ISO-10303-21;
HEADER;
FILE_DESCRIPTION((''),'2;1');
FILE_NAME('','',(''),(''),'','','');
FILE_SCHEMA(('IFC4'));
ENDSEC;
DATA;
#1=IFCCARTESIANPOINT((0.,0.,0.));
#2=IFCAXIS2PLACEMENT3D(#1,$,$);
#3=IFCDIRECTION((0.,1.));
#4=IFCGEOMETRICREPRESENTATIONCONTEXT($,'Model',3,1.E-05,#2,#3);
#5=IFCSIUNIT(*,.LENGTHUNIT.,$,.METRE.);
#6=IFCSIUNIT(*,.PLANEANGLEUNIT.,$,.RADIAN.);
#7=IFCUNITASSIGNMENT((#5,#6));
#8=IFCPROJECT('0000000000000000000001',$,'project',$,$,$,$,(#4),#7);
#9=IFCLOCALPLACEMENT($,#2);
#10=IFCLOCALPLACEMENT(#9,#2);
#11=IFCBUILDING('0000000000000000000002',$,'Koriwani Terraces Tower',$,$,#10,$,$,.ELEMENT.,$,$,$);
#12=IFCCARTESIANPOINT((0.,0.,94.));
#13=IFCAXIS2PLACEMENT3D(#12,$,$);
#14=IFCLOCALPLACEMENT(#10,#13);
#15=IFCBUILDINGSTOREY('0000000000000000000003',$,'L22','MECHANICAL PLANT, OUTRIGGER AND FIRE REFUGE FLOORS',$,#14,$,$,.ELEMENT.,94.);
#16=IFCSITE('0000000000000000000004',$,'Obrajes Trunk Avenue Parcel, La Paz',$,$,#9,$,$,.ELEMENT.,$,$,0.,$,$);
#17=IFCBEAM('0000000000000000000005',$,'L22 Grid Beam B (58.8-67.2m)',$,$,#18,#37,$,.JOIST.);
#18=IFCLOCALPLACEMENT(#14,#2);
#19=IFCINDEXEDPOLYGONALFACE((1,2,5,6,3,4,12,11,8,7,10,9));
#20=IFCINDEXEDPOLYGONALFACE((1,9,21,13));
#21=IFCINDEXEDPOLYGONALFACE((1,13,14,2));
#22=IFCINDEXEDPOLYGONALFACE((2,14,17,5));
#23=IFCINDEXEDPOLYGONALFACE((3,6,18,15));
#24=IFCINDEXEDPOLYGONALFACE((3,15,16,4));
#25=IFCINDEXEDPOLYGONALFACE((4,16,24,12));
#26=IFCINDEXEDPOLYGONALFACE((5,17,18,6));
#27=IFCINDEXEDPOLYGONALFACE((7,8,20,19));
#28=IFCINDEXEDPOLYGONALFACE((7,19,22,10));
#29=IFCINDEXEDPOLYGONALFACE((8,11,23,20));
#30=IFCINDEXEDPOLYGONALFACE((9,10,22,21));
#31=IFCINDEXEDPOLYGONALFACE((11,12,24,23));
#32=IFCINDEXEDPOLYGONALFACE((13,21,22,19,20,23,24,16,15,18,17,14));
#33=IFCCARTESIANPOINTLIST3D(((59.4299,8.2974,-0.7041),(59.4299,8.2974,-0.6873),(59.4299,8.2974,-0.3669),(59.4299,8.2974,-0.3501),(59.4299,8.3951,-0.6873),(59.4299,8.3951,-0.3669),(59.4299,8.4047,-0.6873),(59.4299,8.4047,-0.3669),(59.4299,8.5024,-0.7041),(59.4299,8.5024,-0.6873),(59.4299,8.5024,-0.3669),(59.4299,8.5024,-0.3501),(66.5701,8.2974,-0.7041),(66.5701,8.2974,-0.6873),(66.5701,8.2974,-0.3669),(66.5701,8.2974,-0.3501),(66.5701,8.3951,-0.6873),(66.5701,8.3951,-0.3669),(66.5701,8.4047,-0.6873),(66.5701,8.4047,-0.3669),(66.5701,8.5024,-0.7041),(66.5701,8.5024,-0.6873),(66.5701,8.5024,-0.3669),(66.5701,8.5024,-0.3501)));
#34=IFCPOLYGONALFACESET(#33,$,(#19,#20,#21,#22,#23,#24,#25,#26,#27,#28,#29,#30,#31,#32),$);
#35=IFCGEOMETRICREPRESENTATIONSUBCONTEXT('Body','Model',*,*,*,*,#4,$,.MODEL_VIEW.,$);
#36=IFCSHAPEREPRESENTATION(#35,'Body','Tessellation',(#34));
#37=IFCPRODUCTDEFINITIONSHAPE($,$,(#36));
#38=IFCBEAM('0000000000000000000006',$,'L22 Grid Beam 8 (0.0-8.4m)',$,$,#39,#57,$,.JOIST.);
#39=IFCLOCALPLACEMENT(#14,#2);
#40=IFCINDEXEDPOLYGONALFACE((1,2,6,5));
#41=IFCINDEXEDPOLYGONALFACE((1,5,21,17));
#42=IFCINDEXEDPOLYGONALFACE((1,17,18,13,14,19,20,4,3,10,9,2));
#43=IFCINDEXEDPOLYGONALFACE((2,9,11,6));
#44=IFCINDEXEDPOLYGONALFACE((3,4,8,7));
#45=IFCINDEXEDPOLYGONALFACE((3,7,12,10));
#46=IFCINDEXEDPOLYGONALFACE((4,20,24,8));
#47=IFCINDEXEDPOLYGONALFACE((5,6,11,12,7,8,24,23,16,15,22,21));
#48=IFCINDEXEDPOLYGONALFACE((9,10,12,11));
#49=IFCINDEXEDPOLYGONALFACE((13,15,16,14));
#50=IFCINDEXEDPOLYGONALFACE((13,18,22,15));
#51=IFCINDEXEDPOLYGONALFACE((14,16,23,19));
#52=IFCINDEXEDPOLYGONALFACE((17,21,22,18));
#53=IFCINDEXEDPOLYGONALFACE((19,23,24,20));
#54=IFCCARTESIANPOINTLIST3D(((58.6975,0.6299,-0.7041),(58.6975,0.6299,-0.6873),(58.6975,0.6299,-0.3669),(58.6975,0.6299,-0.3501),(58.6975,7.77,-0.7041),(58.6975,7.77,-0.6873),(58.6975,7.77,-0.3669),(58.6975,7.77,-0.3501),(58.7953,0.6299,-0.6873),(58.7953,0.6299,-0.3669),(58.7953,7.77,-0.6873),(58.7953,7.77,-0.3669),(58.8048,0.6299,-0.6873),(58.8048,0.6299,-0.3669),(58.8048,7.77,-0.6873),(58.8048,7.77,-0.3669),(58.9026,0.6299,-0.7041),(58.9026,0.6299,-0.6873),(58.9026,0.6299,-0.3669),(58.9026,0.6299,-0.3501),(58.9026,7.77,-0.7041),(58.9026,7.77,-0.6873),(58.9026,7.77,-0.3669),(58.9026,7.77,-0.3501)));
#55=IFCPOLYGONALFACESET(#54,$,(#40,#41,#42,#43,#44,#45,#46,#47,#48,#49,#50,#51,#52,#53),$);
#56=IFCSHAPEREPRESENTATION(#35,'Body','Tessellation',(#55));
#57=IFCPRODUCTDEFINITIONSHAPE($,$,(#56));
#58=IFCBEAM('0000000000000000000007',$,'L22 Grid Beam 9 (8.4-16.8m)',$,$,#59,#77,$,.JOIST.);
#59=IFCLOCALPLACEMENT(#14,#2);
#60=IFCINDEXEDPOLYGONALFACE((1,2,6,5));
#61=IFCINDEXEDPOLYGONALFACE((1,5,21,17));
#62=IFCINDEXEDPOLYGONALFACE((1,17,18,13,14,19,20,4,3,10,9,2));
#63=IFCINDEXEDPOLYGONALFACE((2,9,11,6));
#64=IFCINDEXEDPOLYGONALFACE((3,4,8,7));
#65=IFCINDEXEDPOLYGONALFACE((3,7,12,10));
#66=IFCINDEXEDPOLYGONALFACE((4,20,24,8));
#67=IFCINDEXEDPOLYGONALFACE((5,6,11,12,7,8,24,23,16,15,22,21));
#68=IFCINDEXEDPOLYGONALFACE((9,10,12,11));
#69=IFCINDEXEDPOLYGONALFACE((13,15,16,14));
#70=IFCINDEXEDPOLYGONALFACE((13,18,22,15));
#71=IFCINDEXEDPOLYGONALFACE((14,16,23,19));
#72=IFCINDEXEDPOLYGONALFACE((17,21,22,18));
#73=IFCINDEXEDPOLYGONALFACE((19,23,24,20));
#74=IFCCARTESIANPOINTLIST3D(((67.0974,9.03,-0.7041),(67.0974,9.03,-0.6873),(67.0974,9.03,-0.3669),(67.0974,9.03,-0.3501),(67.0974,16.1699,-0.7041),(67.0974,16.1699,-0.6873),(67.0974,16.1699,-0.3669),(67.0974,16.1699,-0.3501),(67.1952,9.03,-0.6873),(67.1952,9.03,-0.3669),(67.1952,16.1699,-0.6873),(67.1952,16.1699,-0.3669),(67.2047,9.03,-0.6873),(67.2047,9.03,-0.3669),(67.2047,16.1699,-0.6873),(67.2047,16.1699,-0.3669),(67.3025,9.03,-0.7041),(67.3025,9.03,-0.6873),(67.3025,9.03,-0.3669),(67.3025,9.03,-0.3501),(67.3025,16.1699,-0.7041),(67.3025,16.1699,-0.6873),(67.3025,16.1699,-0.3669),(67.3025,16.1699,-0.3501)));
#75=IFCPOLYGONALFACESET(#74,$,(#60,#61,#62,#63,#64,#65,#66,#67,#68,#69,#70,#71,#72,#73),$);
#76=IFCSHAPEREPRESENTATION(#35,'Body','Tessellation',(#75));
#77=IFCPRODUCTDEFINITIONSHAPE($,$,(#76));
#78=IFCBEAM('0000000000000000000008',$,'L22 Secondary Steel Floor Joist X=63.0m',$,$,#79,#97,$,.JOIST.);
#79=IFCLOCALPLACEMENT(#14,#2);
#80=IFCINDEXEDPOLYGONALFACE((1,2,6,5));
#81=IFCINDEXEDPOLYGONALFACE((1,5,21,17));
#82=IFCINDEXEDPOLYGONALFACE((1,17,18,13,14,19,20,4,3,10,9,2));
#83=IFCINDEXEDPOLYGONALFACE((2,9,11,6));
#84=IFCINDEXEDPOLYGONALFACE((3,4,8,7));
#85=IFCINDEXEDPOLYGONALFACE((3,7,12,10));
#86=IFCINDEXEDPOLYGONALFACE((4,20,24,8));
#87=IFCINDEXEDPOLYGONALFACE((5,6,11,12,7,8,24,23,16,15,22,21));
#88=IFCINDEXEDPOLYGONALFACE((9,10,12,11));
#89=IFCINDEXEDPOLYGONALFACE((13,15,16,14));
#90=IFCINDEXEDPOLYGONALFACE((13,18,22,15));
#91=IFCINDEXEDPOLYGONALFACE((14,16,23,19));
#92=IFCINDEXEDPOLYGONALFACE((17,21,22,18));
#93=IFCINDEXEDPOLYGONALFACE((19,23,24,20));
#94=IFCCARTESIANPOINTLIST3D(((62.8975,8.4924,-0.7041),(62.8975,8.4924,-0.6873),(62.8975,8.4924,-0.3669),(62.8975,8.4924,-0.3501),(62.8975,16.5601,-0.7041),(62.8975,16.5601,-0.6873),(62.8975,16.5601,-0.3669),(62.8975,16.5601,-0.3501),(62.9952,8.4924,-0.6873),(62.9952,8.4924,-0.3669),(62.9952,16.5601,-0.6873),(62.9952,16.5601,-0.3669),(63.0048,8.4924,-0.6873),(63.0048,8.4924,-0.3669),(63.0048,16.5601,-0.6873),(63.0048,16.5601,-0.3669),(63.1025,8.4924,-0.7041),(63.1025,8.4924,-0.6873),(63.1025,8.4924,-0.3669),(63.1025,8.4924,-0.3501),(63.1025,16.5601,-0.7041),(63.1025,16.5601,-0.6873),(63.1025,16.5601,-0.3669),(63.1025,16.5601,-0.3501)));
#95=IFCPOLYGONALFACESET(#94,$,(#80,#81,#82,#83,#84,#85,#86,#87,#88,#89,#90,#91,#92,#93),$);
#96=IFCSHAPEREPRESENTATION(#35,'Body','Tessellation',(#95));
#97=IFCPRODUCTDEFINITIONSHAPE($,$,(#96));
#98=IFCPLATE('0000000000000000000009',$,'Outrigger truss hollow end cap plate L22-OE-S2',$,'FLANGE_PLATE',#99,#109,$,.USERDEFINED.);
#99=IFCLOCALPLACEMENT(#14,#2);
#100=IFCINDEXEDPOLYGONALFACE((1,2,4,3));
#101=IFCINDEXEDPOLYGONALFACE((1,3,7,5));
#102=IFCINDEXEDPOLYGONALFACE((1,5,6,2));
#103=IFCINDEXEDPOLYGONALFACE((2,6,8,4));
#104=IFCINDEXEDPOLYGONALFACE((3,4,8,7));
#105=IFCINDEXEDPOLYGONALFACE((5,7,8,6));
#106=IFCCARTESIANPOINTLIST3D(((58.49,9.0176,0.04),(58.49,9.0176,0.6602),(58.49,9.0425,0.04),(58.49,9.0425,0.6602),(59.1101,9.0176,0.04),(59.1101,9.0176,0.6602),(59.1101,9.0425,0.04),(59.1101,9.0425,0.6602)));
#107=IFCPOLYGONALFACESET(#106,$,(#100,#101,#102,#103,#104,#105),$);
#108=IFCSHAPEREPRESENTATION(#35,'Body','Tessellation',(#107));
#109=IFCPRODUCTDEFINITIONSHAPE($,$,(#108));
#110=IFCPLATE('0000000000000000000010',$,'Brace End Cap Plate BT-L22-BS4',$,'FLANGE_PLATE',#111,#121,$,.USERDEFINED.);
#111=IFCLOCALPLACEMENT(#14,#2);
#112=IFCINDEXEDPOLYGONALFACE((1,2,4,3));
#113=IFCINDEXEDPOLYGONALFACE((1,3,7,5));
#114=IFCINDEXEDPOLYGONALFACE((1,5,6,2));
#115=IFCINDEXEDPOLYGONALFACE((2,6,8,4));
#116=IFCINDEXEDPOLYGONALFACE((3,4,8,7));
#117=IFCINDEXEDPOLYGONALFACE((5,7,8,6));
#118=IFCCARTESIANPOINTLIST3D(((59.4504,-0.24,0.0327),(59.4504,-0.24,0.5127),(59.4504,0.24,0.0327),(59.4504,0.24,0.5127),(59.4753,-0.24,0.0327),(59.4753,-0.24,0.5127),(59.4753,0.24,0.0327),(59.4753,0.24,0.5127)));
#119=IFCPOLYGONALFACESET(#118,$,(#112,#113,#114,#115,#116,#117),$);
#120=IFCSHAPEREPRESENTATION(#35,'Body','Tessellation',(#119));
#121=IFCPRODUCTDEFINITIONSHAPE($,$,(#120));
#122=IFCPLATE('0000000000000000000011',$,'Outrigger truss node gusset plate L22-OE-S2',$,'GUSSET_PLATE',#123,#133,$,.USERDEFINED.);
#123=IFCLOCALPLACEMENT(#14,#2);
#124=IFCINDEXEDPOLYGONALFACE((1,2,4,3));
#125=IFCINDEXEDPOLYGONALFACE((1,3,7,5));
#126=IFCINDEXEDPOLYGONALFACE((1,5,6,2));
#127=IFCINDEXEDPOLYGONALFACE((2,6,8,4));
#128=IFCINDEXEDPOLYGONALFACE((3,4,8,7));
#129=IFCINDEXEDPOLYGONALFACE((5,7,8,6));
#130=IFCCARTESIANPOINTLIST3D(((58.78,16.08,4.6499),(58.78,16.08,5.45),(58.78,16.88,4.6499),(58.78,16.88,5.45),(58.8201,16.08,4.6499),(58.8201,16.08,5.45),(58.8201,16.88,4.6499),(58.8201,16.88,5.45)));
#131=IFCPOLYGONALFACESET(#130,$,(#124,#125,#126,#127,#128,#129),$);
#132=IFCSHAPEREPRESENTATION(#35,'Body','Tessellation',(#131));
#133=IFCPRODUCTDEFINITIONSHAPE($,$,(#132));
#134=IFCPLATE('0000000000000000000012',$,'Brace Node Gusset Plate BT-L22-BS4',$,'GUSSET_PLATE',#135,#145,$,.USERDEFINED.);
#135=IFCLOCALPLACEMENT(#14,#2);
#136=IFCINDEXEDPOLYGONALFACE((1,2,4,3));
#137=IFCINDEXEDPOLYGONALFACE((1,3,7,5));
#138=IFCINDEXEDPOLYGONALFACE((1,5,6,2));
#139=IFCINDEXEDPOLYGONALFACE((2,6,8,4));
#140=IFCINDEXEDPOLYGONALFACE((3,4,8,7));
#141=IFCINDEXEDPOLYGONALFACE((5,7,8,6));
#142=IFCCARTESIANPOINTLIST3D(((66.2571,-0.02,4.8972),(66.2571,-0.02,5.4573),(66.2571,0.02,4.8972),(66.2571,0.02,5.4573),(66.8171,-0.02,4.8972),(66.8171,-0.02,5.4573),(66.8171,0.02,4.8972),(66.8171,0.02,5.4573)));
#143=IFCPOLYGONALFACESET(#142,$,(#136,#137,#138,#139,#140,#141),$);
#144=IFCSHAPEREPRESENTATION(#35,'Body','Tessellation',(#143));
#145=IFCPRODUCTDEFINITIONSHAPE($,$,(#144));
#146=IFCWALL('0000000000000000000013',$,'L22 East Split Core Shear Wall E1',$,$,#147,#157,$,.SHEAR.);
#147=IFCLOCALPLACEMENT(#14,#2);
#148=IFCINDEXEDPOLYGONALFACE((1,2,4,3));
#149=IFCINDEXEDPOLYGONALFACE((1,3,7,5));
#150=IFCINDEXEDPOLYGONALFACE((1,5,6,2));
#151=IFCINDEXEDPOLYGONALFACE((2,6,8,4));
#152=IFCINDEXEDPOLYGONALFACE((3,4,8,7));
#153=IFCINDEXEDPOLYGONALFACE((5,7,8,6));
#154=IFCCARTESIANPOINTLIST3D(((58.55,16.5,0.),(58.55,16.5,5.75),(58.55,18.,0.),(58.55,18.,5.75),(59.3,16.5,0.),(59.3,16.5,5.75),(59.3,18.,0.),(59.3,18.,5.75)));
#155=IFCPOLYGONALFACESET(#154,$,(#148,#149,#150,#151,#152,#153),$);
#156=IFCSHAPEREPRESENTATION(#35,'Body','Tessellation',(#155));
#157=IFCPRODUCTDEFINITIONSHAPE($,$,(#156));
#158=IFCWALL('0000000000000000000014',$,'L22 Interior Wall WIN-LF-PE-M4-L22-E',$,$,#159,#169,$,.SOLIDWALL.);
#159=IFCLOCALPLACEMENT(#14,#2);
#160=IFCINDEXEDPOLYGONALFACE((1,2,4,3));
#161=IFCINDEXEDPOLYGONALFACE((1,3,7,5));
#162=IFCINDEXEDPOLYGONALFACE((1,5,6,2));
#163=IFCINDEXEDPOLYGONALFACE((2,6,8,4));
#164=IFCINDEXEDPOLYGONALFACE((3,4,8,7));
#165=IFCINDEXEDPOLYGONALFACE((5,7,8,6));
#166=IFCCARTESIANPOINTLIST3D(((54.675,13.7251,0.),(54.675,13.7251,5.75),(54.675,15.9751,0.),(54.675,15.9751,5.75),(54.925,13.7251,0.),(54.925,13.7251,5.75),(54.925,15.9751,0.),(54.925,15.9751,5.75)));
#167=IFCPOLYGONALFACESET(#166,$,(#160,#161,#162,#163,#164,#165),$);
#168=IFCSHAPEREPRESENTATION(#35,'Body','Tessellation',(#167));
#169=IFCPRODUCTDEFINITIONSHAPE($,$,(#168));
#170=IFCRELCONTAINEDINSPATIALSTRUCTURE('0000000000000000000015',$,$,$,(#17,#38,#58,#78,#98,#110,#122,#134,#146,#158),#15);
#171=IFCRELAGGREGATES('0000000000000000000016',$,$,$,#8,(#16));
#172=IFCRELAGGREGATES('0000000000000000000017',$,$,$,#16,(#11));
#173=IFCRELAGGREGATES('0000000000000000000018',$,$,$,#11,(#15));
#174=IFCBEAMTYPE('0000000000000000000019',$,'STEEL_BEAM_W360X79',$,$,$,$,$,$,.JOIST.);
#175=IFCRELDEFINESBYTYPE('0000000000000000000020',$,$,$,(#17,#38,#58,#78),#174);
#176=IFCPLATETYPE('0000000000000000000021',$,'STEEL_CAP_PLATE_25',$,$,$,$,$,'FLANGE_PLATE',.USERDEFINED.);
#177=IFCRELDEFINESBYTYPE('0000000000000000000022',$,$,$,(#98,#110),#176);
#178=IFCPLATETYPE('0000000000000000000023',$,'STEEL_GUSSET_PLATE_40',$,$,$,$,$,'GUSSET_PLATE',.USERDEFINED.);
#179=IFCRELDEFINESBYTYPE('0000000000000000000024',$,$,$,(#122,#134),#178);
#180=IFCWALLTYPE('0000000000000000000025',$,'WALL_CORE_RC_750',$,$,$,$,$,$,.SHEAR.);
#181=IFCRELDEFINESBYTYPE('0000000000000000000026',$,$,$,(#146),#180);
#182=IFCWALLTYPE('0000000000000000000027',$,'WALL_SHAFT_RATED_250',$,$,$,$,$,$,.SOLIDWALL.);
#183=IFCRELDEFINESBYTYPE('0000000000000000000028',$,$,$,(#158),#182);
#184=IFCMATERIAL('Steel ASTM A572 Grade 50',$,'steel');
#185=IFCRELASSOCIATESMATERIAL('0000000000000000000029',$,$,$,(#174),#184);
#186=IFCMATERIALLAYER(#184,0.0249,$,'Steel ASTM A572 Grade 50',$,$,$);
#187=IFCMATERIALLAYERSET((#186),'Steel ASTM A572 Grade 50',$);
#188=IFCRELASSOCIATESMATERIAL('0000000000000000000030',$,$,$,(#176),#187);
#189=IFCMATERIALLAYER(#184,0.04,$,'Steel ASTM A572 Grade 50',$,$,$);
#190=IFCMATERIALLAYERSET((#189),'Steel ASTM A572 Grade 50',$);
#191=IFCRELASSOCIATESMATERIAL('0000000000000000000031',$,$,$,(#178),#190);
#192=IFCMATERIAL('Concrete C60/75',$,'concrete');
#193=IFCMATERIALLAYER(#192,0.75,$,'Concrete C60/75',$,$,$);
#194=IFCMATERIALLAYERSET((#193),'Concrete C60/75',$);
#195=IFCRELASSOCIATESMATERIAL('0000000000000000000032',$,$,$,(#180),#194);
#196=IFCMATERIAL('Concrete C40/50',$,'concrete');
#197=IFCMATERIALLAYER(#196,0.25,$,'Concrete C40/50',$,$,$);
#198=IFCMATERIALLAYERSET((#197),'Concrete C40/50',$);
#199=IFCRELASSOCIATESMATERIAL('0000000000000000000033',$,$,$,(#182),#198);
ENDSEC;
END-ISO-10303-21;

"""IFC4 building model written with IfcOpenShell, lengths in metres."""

from ifc_helpers import new_model, si_unit, direction, frame, frame_2d, origin, origin_2d, place, context, subcontext, project, spatial, rectangle, i_section, extrude, material, layer, layer_set, material_profile, profile_set, type_object, element, save


model = new_model("IFC4")

# Units and contexts
model_context = context("Model", 3, precision=1e-05, world=origin(), true_north=direction((0.0, 1.0)))
body_context = subcontext(model_context, "Body", "Model", "MODEL_VIEW")
ifc_project = project(units=[si_unit("LENGTHUNIT", "METRE"), si_unit("PLANEANGLEUNIT", "RADIAN")], contexts=[model_context])

# Site, building, storey
site_placement = place(None, origin())
site = spatial("IfcSite", under=ifc_project, at=site_placement, Name="Obrajes Trunk Avenue Parcel, La Paz", CompositionType="ELEMENT", RefElevation=0.0)
building_placement = place(site_placement, origin())
building = spatial("IfcBuilding", under=site, at=building_placement, Name="Koriwani Terraces Tower", CompositionType="ELEMENT")
storey_placement = place(building_placement, frame((0.0, 0.0, 94.0)))
storey = spatial("IfcBuildingStorey", under=building, at=storey_placement, Name="L22", Description="MECHANICAL PLANT, OUTRIGGER AND FIRE REFUGE FLOORS", CompositionType="ELEMENT", Elevation=94.0)

# Shared definitions
ifc_material_1 = material(Name="Concrete C60/75", Category="concrete")

# Shared definitions
ifc_material_2 = material(Name="Steel ASTM A572 Grade 50", Category="steel")

# Beams
ifc_material_profile_1 = material_profile(ifc_material_2, i_section(OverallWidth=0.2051, OverallDepth=0.354, WebThickness=0.0095, FlangeThickness=0.0168, at=origin_2d()), Name="Steel ASTM A572 Grade 50", Category="LoadBearing")
ifc_profile_set_1 = profile_set([ifc_material_profile_1], Name="Steel ASTM A572 Grade 50")
beam_type_1 = type_object("IfcBeamType", Name="STEEL_BEAM_W360X79", PredefinedType="JOIST", material=ifc_profile_set_1)
for number, where, z_axis, x_axis, name in (
    (1, (59.4299, 8.3999, -0.5271), (1.0, 0.0, 0.0), (0.0, 1.0, 0.0), "L22 Grid Beam B (58.8-67.2m)"),
    (2, (58.8, 0.6299, -0.5271), (0.0, 1.0, 0.0), (-1.0, 0.0, 0.0), "L22 Grid Beam 8 (0.0-8.4m)"),
):
    element("IfcBeam", number, at=place(storey_placement, frame(where, z_axis=z_axis, x_axis=x_axis)), inside=storey, type_object=beam_type_1, Name=name, PredefinedType="JOIST", context=body_context, shape_type="SweptSolid", body=[
        extrude(i_section(OverallWidth=0.2051, OverallDepth=0.354, WebThickness=0.0095, FlangeThickness=0.0168, at=origin_2d()), origin(), (0.0, 0.0, 1.0), 7.1401),
    ])
beam_1_placement = place(storey_placement, frame((67.2, 9.03, -0.5271), z_axis=(0.0, 1.0, 0.0), x_axis=(-1.0, 0.0, 0.0)))
element("IfcBeam", 3, at=beam_1_placement, inside=storey, type_object=beam_type_1, Name="L22 Grid Beam 9 (8.4-16.8m)", PredefinedType="JOIST", context=body_context, shape_type="SweptSolid", body=[
    extrude(i_section(OverallWidth=0.2051, OverallDepth=0.354, WebThickness=0.0095, FlangeThickness=0.0168, at=origin_2d()), origin(), (0.0, 0.0, 1.0), 7.1399),
])
beam_2_placement = place(storey_placement, frame((63.0, 8.4924, -0.5271), z_axis=(0.0, 1.0, 0.0), x_axis=(-1.0, 0.0, 0.0)))
element("IfcBeam", 4, at=beam_2_placement, inside=storey, type_object=beam_type_1, Name="L22 Secondary Steel Floor Joist X=63.0m", PredefinedType="JOIST", context=body_context, shape_type="SweptSolid", body=[
    extrude(i_section(OverallWidth=0.2051, OverallDepth=0.354, WebThickness=0.0095, FlangeThickness=0.0168, at=origin_2d()), origin(), (0.0, 0.0, 1.0), 8.0676),
])

# Plates
ifc_layer_1 = layer(ifc_material_2, 0.0249, Name="Steel ASTM A572 Grade 50")
ifc_layer_set_1 = layer_set([ifc_layer_1], Name="Steel ASTM A572 Grade 50")
plate_type_1 = type_object("IfcPlateType", Name="STEEL_CAP_PLATE_25", ElementType="FLANGE_PLATE", PredefinedType="USERDEFINED", material=ifc_layer_set_1)
plate_1_placement = place(storey_placement, frame((58.8, 9.03, 0.04), z_axis=(0.0, 0.0, 1.0), x_axis=(0.0, 1.0, 0.0)))
element("IfcPlate", 5, at=plate_1_placement, inside=storey, type_object=plate_type_1, Name="Outrigger truss hollow end cap plate L22-OE-S2", ObjectType="FLANGE_PLATE", PredefinedType="USERDEFINED", context=body_context, shape_type="SweptSolid", body=[
    extrude(rectangle(XDim=0.0249, YDim=0.6201, at=origin_2d()), origin(), (0.0, 0.0, 1.0), 0.6201),
])
plate_2_placement = place(storey_placement, frame((59.4629, 0.0, 0.0327), z_axis=(0.0, 0.0, 1.0), x_axis=(1.0, 0.0, 0.0)))
element("IfcPlate", 6, at=plate_2_placement, inside=storey, type_object=plate_type_1, Name="Brace End Cap Plate BT-L22-BS4", ObjectType="FLANGE_PLATE", PredefinedType="USERDEFINED", context=body_context, shape_type="SweptSolid", body=[
    extrude(rectangle(XDim=0.0249, YDim=0.48, at=origin_2d()), origin(), (0.0, 0.0, 1.0), 0.48),
])
ifc_layer_2 = layer(ifc_material_2, 0.04, Name="Steel ASTM A572 Grade 50")
ifc_layer_set_2 = layer_set([ifc_layer_2], Name="Steel ASTM A572 Grade 50")
plate_type_2 = type_object("IfcPlateType", Name="STEEL_GUSSET_PLATE_40", ElementType="GUSSET_PLATE", PredefinedType="USERDEFINED", material=ifc_layer_set_2)
plate_3_placement = place(storey_placement, frame((58.8, 16.48, 4.6499), z_axis=(0.0, 0.0, 1.0), x_axis=(0.0, 1.0, 0.0)))
element("IfcPlate", 7, at=plate_3_placement, inside=storey, type_object=plate_type_2, Name="Outrigger truss node gusset plate L22-OE-S2", ObjectType="GUSSET_PLATE", PredefinedType="USERDEFINED", context=body_context, shape_type="SweptSolid", body=[
    extrude(rectangle(XDim=0.8, YDim=0.04, at=origin_2d()), origin(), (0.0, 0.0, 1.0), 0.8),
])
plate_4_placement = place(storey_placement, frame((66.5371, 0.0, 4.8972), z_axis=(0.0, 0.0, 1.0), x_axis=(1.0, 0.0, 0.0)))
element("IfcPlate", 8, at=plate_4_placement, inside=storey, type_object=plate_type_2, Name="Brace Node Gusset Plate BT-L22-BS4", ObjectType="GUSSET_PLATE", PredefinedType="USERDEFINED", context=body_context, shape_type="SweptSolid", body=[
    extrude(rectangle(XDim=0.5601, YDim=0.04, at=origin_2d()), origin(), (0.0, 0.0, 1.0), 0.5601),
])

# Walls
ifc_layer_3 = layer(ifc_material_1, 0.75, Name="Concrete C60/75")
ifc_layer_set_3 = layer_set([ifc_layer_3], Name="Concrete C60/75")
wall_type_1 = type_object("IfcWallType", Name="WALL_CORE_RC_750", PredefinedType="SHEAR", material=ifc_layer_set_3)
wall_1_placement = place(storey_placement, frame((58.925, 16.5, 0.0), z_axis=(0.0, 0.0, 1.0), x_axis=(0.0, 1.0, 0.0)))
element("IfcWall", 9, at=wall_1_placement, inside=storey, type_object=wall_type_1, Name="L22 East Split Core Shear Wall E1", PredefinedType="SHEAR", context=body_context, shape_type="SweptSolid", body=[
    extrude(rectangle(XDim=1.5, YDim=0.75, at=frame_2d((0.75, 0.0))), origin(), (0.0, 0.0, 1.0), 5.75),
])
ifc_material_3 = material(Name="Concrete C40/50", Category="concrete")
ifc_layer_4 = layer(ifc_material_3, 0.25, Name="Concrete C40/50")
ifc_layer_set_4 = layer_set([ifc_layer_4], Name="Concrete C40/50")
wall_type_2 = type_object("IfcWallType", Name="WALL_SHAFT_RATED_250", PredefinedType="SOLIDWALL", material=ifc_layer_set_4)
wall_2_placement = place(storey_placement, frame((54.8, 13.7251, 0.0), z_axis=(0.0, 0.0, 1.0), x_axis=(0.0, 1.0, 0.0)))
element("IfcWall", 10, at=wall_2_placement, inside=storey, type_object=wall_type_2, Name="L22 Interior Wall WIN-LF-PE-M4-L22-E", PredefinedType="SOLIDWALL", context=body_context, shape_type="SweptSolid", body=[
    extrude(rectangle(XDim=2.25, YDim=0.25, at=frame_2d((1.125, 0.0))), origin(), (0.0, 0.0, 1.0), 5.75),
])

save(model, "model.ifc")
